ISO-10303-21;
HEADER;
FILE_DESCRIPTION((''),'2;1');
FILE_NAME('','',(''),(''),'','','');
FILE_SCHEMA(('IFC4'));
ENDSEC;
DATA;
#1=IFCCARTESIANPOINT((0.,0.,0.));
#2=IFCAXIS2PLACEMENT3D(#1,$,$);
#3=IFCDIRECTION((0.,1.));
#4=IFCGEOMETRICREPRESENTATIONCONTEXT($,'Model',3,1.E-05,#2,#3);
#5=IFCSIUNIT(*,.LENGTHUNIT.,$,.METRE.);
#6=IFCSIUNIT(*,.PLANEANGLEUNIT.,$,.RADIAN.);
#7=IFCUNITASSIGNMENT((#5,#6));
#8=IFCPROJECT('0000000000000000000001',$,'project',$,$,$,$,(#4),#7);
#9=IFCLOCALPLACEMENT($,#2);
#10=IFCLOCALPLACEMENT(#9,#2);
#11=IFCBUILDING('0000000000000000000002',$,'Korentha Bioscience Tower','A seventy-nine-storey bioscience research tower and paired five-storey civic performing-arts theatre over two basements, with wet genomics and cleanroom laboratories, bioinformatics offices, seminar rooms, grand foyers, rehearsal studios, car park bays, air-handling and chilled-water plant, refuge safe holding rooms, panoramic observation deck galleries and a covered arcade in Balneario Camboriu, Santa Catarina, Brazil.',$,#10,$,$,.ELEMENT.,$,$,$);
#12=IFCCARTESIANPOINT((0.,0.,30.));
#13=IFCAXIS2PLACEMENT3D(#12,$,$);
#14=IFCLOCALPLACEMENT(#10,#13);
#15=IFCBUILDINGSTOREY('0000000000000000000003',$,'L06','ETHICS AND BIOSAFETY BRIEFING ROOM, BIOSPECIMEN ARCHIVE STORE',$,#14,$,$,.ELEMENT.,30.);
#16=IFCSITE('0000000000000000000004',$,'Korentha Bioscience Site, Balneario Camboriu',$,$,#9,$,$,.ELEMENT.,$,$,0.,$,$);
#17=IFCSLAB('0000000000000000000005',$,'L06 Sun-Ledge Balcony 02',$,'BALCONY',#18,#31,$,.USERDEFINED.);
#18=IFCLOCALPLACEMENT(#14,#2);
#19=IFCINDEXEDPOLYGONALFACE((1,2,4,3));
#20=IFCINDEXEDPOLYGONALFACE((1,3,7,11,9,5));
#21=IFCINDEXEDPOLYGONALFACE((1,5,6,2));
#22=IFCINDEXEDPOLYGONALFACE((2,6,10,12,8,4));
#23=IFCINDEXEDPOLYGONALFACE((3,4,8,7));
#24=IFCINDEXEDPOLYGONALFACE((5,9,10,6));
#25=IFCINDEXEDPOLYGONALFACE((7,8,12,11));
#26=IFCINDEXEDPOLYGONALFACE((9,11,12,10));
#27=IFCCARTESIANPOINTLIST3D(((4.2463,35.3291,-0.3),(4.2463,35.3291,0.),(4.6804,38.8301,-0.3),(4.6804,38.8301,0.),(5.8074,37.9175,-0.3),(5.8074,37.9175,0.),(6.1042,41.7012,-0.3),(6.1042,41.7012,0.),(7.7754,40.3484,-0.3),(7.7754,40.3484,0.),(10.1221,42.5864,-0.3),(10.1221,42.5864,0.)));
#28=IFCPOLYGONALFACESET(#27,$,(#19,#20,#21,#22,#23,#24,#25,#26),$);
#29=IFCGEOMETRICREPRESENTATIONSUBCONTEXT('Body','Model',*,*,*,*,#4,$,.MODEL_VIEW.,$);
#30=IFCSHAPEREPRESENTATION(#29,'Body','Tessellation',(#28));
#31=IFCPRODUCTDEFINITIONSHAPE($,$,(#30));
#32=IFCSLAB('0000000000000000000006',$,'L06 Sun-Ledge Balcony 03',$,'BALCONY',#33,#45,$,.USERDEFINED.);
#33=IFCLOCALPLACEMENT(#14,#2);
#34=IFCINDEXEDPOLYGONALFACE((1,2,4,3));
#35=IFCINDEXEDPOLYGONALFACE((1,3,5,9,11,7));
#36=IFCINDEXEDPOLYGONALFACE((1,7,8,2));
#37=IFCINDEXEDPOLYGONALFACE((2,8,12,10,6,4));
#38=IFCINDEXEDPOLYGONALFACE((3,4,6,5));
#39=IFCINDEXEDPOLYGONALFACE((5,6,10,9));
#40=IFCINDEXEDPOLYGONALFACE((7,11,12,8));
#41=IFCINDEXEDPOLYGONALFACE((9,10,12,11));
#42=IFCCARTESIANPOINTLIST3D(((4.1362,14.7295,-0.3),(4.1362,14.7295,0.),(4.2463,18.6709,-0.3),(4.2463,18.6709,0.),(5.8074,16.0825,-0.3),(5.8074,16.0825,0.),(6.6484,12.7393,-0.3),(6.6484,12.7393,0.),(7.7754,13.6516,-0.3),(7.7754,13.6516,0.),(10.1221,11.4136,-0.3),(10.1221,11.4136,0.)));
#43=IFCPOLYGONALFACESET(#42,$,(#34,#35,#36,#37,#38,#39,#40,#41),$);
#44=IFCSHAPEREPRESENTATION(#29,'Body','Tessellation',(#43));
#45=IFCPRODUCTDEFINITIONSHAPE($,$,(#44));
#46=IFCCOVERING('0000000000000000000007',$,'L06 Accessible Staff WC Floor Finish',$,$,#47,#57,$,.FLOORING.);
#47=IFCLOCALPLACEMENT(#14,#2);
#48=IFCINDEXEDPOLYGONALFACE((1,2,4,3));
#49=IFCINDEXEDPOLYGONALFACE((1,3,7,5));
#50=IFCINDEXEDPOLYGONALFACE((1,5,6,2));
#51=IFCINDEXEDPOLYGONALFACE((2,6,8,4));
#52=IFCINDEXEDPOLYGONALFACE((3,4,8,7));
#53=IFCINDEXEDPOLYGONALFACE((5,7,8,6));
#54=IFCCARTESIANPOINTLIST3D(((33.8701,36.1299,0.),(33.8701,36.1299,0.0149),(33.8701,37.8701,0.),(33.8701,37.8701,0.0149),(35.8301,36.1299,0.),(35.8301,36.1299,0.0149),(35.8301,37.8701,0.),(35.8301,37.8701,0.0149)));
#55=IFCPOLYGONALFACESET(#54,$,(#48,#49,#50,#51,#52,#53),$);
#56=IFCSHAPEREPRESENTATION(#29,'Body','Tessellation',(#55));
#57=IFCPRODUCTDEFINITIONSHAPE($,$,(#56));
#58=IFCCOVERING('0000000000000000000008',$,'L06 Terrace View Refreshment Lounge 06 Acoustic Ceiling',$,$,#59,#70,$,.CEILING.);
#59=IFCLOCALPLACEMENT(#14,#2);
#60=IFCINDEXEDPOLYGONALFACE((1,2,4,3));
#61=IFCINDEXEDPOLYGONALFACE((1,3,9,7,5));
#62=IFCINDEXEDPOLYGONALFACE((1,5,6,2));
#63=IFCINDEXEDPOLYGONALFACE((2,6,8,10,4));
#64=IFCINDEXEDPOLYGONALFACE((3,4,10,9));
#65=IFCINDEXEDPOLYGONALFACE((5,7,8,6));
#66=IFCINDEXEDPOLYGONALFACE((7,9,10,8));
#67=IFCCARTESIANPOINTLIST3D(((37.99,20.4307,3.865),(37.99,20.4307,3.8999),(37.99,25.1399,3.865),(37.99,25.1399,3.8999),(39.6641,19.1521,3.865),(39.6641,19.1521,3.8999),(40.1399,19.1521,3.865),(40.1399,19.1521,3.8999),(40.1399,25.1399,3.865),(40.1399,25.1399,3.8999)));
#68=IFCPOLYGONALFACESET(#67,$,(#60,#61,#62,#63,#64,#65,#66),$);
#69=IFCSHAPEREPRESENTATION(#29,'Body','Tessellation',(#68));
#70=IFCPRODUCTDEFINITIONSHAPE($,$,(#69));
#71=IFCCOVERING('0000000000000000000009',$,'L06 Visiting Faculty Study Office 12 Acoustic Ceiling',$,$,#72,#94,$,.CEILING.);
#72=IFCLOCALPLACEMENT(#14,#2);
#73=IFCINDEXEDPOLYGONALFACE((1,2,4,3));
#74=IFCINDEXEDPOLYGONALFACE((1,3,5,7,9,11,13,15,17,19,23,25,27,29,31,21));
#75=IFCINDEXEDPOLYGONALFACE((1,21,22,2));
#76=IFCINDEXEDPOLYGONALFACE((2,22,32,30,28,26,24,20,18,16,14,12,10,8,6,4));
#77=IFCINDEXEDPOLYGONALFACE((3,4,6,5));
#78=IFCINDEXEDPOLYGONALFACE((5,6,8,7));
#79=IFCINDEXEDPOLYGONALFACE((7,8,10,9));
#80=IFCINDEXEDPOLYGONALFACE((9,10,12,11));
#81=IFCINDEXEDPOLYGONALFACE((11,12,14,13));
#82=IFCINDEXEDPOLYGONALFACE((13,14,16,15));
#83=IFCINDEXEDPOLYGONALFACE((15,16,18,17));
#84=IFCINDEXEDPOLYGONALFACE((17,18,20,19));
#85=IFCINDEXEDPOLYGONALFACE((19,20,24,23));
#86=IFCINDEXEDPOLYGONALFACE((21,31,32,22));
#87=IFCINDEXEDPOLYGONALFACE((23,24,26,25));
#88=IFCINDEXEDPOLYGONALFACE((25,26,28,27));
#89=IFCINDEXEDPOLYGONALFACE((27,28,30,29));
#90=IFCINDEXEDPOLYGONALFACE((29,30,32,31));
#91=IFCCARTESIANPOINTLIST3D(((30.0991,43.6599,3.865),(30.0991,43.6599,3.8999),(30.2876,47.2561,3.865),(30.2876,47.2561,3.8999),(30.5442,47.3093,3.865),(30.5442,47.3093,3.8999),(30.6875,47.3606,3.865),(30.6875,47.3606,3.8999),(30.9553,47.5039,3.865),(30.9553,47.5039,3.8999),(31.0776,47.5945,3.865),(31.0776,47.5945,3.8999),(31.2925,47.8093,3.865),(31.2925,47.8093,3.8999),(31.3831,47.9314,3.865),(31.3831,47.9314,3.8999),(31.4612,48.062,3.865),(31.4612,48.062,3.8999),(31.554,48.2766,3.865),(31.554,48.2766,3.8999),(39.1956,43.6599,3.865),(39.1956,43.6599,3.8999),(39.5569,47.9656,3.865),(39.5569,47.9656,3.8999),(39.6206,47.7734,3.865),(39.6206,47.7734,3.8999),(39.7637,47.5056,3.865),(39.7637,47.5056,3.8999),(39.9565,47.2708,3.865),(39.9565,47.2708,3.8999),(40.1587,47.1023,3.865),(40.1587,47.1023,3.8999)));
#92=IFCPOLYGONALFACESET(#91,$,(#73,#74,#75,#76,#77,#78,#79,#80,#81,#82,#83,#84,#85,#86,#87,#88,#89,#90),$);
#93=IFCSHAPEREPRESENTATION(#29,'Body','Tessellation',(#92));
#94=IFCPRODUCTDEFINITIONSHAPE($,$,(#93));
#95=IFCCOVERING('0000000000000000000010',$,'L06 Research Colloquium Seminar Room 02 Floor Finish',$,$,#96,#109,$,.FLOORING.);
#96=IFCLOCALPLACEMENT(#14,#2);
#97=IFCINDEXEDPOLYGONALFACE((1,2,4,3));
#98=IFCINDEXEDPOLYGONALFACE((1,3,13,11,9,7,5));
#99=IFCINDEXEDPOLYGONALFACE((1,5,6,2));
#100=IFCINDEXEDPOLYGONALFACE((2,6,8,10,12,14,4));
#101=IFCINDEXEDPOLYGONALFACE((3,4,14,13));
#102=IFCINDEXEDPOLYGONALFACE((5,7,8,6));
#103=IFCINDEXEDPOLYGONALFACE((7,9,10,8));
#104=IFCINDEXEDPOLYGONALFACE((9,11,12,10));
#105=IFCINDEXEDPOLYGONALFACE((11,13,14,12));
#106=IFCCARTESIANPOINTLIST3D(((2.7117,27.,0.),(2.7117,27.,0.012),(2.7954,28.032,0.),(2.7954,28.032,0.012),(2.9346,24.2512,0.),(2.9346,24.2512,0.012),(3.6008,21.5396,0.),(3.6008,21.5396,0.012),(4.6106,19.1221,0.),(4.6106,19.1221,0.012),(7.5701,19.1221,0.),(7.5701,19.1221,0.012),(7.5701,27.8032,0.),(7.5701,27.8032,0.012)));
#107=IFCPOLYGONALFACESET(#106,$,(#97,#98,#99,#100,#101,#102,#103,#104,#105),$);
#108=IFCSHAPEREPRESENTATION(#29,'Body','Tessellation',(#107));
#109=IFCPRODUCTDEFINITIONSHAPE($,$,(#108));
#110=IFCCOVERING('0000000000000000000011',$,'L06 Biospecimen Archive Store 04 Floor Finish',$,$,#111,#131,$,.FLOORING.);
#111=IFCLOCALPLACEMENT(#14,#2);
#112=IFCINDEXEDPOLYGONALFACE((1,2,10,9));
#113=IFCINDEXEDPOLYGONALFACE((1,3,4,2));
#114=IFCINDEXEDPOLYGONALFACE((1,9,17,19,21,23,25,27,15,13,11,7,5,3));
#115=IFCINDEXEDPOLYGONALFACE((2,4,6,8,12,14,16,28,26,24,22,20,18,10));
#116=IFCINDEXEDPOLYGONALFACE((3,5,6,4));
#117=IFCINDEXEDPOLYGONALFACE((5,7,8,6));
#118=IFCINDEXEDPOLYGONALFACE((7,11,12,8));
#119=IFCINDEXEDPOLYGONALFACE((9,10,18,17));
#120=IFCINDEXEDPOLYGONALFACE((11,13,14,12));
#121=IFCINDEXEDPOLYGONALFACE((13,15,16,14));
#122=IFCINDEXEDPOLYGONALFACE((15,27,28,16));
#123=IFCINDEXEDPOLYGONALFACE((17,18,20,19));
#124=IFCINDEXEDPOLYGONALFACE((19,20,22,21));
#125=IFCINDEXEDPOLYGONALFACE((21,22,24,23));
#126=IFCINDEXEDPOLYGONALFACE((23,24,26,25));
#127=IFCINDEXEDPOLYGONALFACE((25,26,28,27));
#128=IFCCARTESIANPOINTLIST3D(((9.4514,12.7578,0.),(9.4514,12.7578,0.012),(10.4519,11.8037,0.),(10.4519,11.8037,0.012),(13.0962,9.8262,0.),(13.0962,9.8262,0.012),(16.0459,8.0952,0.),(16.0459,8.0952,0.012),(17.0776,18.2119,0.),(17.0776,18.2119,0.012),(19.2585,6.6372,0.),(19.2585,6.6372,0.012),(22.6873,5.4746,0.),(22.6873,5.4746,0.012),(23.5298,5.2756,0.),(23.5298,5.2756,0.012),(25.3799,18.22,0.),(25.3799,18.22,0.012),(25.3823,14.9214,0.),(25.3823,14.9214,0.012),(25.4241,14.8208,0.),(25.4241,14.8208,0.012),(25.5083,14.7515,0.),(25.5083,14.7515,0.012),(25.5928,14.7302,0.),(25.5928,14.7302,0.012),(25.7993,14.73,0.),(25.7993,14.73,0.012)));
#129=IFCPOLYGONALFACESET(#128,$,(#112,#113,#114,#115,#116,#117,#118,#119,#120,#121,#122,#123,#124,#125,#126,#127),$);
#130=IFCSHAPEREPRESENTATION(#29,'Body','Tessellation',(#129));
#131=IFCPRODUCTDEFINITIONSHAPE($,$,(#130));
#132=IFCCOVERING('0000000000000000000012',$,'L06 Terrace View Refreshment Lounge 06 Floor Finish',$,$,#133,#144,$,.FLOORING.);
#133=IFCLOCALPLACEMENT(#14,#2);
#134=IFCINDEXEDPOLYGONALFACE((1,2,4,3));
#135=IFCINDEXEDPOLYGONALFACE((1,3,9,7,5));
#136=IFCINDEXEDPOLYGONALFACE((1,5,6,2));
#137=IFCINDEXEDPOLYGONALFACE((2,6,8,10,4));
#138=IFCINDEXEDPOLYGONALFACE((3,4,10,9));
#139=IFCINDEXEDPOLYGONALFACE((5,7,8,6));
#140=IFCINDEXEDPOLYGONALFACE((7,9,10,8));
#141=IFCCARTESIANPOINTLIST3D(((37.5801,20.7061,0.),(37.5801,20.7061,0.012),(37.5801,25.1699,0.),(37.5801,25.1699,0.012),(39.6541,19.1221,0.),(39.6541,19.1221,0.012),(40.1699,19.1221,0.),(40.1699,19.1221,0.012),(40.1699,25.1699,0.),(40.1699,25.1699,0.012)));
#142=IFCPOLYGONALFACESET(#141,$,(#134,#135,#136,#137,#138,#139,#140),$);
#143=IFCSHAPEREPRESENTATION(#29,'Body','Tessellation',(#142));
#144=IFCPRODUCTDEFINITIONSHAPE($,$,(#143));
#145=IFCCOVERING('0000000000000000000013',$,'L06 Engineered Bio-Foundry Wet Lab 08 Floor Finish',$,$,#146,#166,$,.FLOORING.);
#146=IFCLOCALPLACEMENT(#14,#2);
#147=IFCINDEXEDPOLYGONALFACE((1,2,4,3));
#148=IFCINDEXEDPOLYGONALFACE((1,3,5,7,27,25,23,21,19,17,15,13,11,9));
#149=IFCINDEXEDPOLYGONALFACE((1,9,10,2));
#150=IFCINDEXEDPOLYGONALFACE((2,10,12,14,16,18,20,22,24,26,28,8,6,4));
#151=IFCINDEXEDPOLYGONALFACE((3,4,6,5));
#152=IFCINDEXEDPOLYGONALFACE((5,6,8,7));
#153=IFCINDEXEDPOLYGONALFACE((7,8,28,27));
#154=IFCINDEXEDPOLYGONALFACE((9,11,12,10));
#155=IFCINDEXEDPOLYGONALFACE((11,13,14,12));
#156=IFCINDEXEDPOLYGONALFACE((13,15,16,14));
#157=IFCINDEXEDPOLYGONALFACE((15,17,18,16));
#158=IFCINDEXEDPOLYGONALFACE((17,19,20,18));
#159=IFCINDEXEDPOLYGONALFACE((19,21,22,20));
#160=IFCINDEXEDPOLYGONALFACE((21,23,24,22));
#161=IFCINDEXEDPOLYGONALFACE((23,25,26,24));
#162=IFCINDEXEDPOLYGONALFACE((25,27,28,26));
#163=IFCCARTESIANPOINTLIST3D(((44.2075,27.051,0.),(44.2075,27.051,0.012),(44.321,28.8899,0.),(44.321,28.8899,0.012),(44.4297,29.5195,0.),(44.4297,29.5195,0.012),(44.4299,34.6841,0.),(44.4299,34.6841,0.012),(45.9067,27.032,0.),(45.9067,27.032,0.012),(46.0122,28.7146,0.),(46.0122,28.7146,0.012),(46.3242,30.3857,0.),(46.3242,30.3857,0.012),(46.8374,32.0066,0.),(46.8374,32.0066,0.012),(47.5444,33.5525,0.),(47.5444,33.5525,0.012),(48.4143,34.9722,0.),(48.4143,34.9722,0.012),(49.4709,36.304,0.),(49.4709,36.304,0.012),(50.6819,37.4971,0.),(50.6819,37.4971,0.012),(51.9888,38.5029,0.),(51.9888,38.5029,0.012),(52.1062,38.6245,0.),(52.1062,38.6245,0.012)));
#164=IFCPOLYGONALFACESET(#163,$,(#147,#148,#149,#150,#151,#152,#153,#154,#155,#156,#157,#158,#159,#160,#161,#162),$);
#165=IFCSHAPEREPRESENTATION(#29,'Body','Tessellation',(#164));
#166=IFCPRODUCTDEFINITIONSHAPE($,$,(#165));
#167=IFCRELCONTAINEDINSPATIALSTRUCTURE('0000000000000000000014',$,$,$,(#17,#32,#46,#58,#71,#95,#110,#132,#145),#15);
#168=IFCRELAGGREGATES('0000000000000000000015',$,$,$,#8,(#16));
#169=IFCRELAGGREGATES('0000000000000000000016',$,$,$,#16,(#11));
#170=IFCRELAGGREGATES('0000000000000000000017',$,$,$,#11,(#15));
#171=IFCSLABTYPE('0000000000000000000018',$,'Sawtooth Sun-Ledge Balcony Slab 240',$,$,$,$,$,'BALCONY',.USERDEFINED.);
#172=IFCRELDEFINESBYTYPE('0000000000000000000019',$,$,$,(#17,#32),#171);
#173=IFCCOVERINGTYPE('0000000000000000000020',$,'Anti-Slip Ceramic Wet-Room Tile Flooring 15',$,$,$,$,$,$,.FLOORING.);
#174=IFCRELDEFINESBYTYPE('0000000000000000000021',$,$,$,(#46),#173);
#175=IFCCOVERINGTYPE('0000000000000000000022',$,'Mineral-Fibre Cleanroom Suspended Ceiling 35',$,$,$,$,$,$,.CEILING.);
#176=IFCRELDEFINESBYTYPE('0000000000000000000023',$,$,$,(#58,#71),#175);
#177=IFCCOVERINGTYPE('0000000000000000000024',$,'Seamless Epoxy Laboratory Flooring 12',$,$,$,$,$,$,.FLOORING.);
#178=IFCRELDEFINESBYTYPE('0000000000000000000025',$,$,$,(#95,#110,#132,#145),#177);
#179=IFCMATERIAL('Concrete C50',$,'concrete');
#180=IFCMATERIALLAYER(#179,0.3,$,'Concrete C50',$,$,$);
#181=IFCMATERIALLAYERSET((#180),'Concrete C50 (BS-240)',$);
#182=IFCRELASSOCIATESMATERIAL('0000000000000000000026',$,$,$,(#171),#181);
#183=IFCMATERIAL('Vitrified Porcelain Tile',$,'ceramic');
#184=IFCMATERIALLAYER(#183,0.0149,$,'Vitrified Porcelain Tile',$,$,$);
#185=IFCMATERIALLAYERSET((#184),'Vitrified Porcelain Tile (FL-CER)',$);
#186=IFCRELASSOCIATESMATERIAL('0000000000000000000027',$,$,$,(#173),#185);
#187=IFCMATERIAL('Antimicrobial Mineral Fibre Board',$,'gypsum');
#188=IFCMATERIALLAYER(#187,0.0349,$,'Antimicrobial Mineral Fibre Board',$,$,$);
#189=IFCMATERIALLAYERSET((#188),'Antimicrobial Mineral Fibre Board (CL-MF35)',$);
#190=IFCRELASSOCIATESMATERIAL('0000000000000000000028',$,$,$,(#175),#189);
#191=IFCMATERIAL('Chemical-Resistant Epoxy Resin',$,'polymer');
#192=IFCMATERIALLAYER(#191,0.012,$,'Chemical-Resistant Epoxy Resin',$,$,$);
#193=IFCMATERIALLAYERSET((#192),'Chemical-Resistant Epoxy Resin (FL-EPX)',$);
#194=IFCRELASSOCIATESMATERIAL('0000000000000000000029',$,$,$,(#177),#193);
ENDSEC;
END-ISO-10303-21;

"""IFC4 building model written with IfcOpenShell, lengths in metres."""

from ifc_helpers import new_model, si_unit, direction, frame, origin, place, context, subcontext, project, spatial, polyline, outline, extrude, material, layer, layer_set, type_object, element, save


model = new_model("IFC4")

# Units and contexts
model_context = context("Model", 3, precision=1e-05, world=origin(), true_north=direction((0.0, 1.0)))
body_context = subcontext(model_context, "Body", "Model", "MODEL_VIEW")
ifc_project = project(units=[si_unit("LENGTHUNIT", "METRE"), si_unit("PLANEANGLEUNIT", "RADIAN")], contexts=[model_context])

# Site, building, storey
site_placement = place(None, origin())
site = spatial("IfcSite", under=ifc_project, at=site_placement, Name="Korentha Bioscience Site, Balneario Camboriu", CompositionType="ELEMENT", RefElevation=0.0)
building_placement = place(site_placement, origin())
building = spatial("IfcBuilding", under=site, at=building_placement, Name="Korentha Bioscience Tower", Description="A seventy-nine-storey bioscience research tower and paired five-storey civic performing-arts theatre over two basements, with wet genomics and cleanroom laboratories, bioinformatics offices, seminar rooms, grand foyers, rehearsal studios, car park bays, air-handling and chilled-water plant, refuge safe holding rooms, panoramic observation deck galleries and a covered arcade in Balneario Camboriu, Santa Catarina, Brazil.", CompositionType="ELEMENT")
storey_placement = place(building_placement, frame((0.0, 0.0, 30.0)))
storey = spatial("IfcBuildingStorey", under=building, at=storey_placement, Name="L06", Description="ETHICS AND BIOSAFETY BRIEFING ROOM, BIOSPECIMEN ARCHIVE STORE", CompositionType="ELEMENT", Elevation=30.0)

# Shared definitions
ifc_material_1 = material(Name="Concrete C50", Category="concrete")

# Slabs
ifc_layer_1 = layer(ifc_material_1, 0.3, Name="Concrete C50")
ifc_layer_set_1 = layer_set([ifc_layer_1], Name="Concrete C50 (BS-240)")
slab_type_1 = type_object("IfcSlabType", Name="Sawtooth Sun-Ledge Balcony Slab 240", ElementType="BALCONY", PredefinedType="USERDEFINED", material=ifc_layer_set_1)
slab_1_placement = place(storey_placement, frame((0.0, 0.0, -0.3)))
element("IfcSlab", 1, at=slab_1_placement, inside=storey, type_object=slab_type_1, Name="L06 Sun-Ledge Balcony 02", ObjectType="BALCONY", PredefinedType="USERDEFINED", context=body_context, shape_type="SweptSolid", body=[
    extrude(outline(polyline([(4.2463, 35.3291), (5.8074, 37.9175), (7.7754, 40.3484), (10.1221, 42.5864), (6.1042, 41.7012), (4.6804, 38.8301), (4.2463, 35.3291)])), origin(), (0.0, 0.0, 1.0), 0.3),
])
slab_2_placement = place(storey_placement, frame((0.0, 0.0, -0.3)))
element("IfcSlab", 2, at=slab_2_placement, inside=storey, type_object=slab_type_1, Name="L06 Sun-Ledge Balcony 03", ObjectType="BALCONY", PredefinedType="USERDEFINED", context=body_context, shape_type="SweptSolid", body=[
    extrude(outline(polyline([(10.1221, 11.4136), (7.7754, 13.6516), (5.8074, 16.0825), (4.2463, 18.6709), (4.1362, 14.7295), (6.6484, 12.7393), (10.1221, 11.4136)])), origin(), (0.0, 0.0, 1.0), 0.3),
])

# Coverings
ifc_material_2 = material(Name="Vitrified Porcelain Tile", Category="ceramic")
ifc_layer_2 = layer(ifc_material_2, 0.0149, Name="Vitrified Porcelain Tile")
ifc_layer_set_2 = layer_set([ifc_layer_2], Name="Vitrified Porcelain Tile (FL-CER)")
covering_type_1 = type_object("IfcCoveringType", Name="Anti-Slip Ceramic Wet-Room Tile Flooring 15", PredefinedType="FLOORING", material=ifc_layer_set_2)
covering_1_placement = place(storey_placement, origin())
element("IfcCovering", 3, at=covering_1_placement, inside=storey, type_object=covering_type_1, Name="L06 Accessible Staff WC Floor Finish", PredefinedType="FLOORING", context=body_context, shape_type="SweptSolid", body=[
    extrude(outline(polyline([(33.8701, 36.1299), (33.8701, 37.8701), (35.8301, 37.8701), (35.8301, 36.1299), (33.8701, 36.1299)])), origin(), (0.0, 0.0, 1.0), 0.0149),
])
ifc_material_3 = material(Name="Antimicrobial Mineral Fibre Board", Category="gypsum")
ifc_layer_3 = layer(ifc_material_3, 0.0349, Name="Antimicrobial Mineral Fibre Board")
ifc_layer_set_3 = layer_set([ifc_layer_3], Name="Antimicrobial Mineral Fibre Board (CL-MF35)")
covering_type_2 = type_object("IfcCoveringType", Name="Mineral-Fibre Cleanroom Suspended Ceiling 35", PredefinedType="CEILING", material=ifc_layer_set_3)
covering_2_placement = place(storey_placement, frame((0.0, 0.0, 3.865)))
element("IfcCovering", 4, at=covering_2_placement, inside=storey, type_object=covering_type_2, Name="L06 Terrace View Refreshment Lounge 06 Acoustic Ceiling", PredefinedType="CEILING", context=body_context, shape_type="SweptSolid", body=[
    extrude(outline(polyline([(40.1399, 19.1521), (39.6641, 19.1521), (37.99, 20.4307), (37.99, 25.1399), (40.1399, 25.1399), (40.1399, 19.1521)])), origin(), (0.0, 0.0, 1.0), 0.0349),
])
covering_3_placement = place(storey_placement, frame((0.0, 0.0, 3.865)))
element("IfcCovering", 5, at=covering_3_placement, inside=storey, type_object=covering_type_2, Name="L06 Visiting Faculty Study Office 12 Acoustic Ceiling", PredefinedType="CEILING", context=body_context, shape_type="SweptSolid", body=[
    extrude(outline(polyline([(30.2876, 47.2561), (30.5442, 47.3093), (30.6875, 47.3606), (30.9553, 47.5039), (31.0776, 47.5945), (31.2925, 47.8093), (31.3831, 47.9314), (31.4612, 48.062), (31.554, 48.2766), (39.5569, 47.9656), (39.6206, 47.7734), (39.7637, 47.5056), (39.9565, 47.2708), (40.1587, 47.1023), (39.1956, 43.6599), (30.0991, 43.6599), (30.2876, 47.2561)])), origin(), (0.0, 0.0, 1.0), 0.0349),
])
ifc_material_4 = material(Name="Chemical-Resistant Epoxy Resin", Category="polymer")
ifc_layer_4 = layer(ifc_material_4, 0.012, Name="Chemical-Resistant Epoxy Resin")
ifc_layer_set_4 = layer_set([ifc_layer_4], Name="Chemical-Resistant Epoxy Resin (FL-EPX)")
covering_type_3 = type_object("IfcCoveringType", Name="Seamless Epoxy Laboratory Flooring 12", PredefinedType="FLOORING", material=ifc_layer_set_4)
covering_4_placement = place(storey_placement, origin())
element("IfcCovering", 6, at=covering_4_placement, inside=storey, type_object=covering_type_3, Name="L06 Research Colloquium Seminar Room 02 Floor Finish", PredefinedType="FLOORING", context=body_context, shape_type="SweptSolid", body=[
    extrude(outline(polyline([(2.7117, 27.0), (2.7954, 28.032), (7.5701, 27.8032), (7.5701, 19.1221), (4.6106, 19.1221), (3.6008, 21.5396), (2.9346, 24.2512), (2.7117, 27.0)])), origin(), (0.0, 0.0, 1.0), 0.012),
])
covering_5_placement = place(storey_placement, origin())
element("IfcCovering", 7, at=covering_5_placement, inside=storey, type_object=covering_type_3, Name="L06 Biospecimen Archive Store 04 Floor Finish", PredefinedType="FLOORING", context=body_context, shape_type="SweptSolid", body=[
    extrude(outline(polyline([(16.0459, 8.0952), (13.0962, 9.8262), (10.4519, 11.8037), (9.4514, 12.7578), (17.0776, 18.2119), (25.3799, 18.22), (25.3823, 14.9214), (25.4241, 14.8208), (25.5083, 14.7515), (25.5928, 14.7302), (25.7993, 14.73), (23.5298, 5.2756), (22.6873, 5.4746), (19.2585, 6.6372), (16.0459, 8.0952)])), origin(), (0.0, 0.0, 1.0), 0.012),
])
covering_6_placement = place(storey_placement, origin())
element("IfcCovering", 8, at=covering_6_placement, inside=storey, type_object=covering_type_3, Name="L06 Terrace View Refreshment Lounge 06 Floor Finish", PredefinedType="FLOORING", context=body_context, shape_type="SweptSolid", body=[
    extrude(outline(polyline([(37.5801, 20.7061), (37.5801, 25.1699), (40.1699, 25.1699), (40.1699, 19.1221), (39.6541, 19.1221), (37.5801, 20.7061)])), origin(), (0.0, 0.0, 1.0), 0.012),
])
covering_7_placement = place(storey_placement, origin())
element("IfcCovering", 9, at=covering_7_placement, inside=storey, type_object=covering_type_3, Name="L06 Engineered Bio-Foundry Wet Lab 08 Floor Finish", PredefinedType="FLOORING", context=body_context, shape_type="SweptSolid", body=[
    extrude(outline(polyline([(44.2075, 27.051), (44.321, 28.8899), (44.4297, 29.5195), (44.4299, 34.6841), (52.1062, 38.6245), (51.9888, 38.5029), (50.6819, 37.4971), (49.4709, 36.304), (48.4143, 34.9722), (47.5444, 33.5525), (46.8374, 32.0066), (46.3242, 30.3857), (46.0122, 28.7146), (45.9067, 27.032), (44.2075, 27.051)])), origin(), (0.0, 0.0, 1.0), 0.012),
])

save(model, "model.ifc")
